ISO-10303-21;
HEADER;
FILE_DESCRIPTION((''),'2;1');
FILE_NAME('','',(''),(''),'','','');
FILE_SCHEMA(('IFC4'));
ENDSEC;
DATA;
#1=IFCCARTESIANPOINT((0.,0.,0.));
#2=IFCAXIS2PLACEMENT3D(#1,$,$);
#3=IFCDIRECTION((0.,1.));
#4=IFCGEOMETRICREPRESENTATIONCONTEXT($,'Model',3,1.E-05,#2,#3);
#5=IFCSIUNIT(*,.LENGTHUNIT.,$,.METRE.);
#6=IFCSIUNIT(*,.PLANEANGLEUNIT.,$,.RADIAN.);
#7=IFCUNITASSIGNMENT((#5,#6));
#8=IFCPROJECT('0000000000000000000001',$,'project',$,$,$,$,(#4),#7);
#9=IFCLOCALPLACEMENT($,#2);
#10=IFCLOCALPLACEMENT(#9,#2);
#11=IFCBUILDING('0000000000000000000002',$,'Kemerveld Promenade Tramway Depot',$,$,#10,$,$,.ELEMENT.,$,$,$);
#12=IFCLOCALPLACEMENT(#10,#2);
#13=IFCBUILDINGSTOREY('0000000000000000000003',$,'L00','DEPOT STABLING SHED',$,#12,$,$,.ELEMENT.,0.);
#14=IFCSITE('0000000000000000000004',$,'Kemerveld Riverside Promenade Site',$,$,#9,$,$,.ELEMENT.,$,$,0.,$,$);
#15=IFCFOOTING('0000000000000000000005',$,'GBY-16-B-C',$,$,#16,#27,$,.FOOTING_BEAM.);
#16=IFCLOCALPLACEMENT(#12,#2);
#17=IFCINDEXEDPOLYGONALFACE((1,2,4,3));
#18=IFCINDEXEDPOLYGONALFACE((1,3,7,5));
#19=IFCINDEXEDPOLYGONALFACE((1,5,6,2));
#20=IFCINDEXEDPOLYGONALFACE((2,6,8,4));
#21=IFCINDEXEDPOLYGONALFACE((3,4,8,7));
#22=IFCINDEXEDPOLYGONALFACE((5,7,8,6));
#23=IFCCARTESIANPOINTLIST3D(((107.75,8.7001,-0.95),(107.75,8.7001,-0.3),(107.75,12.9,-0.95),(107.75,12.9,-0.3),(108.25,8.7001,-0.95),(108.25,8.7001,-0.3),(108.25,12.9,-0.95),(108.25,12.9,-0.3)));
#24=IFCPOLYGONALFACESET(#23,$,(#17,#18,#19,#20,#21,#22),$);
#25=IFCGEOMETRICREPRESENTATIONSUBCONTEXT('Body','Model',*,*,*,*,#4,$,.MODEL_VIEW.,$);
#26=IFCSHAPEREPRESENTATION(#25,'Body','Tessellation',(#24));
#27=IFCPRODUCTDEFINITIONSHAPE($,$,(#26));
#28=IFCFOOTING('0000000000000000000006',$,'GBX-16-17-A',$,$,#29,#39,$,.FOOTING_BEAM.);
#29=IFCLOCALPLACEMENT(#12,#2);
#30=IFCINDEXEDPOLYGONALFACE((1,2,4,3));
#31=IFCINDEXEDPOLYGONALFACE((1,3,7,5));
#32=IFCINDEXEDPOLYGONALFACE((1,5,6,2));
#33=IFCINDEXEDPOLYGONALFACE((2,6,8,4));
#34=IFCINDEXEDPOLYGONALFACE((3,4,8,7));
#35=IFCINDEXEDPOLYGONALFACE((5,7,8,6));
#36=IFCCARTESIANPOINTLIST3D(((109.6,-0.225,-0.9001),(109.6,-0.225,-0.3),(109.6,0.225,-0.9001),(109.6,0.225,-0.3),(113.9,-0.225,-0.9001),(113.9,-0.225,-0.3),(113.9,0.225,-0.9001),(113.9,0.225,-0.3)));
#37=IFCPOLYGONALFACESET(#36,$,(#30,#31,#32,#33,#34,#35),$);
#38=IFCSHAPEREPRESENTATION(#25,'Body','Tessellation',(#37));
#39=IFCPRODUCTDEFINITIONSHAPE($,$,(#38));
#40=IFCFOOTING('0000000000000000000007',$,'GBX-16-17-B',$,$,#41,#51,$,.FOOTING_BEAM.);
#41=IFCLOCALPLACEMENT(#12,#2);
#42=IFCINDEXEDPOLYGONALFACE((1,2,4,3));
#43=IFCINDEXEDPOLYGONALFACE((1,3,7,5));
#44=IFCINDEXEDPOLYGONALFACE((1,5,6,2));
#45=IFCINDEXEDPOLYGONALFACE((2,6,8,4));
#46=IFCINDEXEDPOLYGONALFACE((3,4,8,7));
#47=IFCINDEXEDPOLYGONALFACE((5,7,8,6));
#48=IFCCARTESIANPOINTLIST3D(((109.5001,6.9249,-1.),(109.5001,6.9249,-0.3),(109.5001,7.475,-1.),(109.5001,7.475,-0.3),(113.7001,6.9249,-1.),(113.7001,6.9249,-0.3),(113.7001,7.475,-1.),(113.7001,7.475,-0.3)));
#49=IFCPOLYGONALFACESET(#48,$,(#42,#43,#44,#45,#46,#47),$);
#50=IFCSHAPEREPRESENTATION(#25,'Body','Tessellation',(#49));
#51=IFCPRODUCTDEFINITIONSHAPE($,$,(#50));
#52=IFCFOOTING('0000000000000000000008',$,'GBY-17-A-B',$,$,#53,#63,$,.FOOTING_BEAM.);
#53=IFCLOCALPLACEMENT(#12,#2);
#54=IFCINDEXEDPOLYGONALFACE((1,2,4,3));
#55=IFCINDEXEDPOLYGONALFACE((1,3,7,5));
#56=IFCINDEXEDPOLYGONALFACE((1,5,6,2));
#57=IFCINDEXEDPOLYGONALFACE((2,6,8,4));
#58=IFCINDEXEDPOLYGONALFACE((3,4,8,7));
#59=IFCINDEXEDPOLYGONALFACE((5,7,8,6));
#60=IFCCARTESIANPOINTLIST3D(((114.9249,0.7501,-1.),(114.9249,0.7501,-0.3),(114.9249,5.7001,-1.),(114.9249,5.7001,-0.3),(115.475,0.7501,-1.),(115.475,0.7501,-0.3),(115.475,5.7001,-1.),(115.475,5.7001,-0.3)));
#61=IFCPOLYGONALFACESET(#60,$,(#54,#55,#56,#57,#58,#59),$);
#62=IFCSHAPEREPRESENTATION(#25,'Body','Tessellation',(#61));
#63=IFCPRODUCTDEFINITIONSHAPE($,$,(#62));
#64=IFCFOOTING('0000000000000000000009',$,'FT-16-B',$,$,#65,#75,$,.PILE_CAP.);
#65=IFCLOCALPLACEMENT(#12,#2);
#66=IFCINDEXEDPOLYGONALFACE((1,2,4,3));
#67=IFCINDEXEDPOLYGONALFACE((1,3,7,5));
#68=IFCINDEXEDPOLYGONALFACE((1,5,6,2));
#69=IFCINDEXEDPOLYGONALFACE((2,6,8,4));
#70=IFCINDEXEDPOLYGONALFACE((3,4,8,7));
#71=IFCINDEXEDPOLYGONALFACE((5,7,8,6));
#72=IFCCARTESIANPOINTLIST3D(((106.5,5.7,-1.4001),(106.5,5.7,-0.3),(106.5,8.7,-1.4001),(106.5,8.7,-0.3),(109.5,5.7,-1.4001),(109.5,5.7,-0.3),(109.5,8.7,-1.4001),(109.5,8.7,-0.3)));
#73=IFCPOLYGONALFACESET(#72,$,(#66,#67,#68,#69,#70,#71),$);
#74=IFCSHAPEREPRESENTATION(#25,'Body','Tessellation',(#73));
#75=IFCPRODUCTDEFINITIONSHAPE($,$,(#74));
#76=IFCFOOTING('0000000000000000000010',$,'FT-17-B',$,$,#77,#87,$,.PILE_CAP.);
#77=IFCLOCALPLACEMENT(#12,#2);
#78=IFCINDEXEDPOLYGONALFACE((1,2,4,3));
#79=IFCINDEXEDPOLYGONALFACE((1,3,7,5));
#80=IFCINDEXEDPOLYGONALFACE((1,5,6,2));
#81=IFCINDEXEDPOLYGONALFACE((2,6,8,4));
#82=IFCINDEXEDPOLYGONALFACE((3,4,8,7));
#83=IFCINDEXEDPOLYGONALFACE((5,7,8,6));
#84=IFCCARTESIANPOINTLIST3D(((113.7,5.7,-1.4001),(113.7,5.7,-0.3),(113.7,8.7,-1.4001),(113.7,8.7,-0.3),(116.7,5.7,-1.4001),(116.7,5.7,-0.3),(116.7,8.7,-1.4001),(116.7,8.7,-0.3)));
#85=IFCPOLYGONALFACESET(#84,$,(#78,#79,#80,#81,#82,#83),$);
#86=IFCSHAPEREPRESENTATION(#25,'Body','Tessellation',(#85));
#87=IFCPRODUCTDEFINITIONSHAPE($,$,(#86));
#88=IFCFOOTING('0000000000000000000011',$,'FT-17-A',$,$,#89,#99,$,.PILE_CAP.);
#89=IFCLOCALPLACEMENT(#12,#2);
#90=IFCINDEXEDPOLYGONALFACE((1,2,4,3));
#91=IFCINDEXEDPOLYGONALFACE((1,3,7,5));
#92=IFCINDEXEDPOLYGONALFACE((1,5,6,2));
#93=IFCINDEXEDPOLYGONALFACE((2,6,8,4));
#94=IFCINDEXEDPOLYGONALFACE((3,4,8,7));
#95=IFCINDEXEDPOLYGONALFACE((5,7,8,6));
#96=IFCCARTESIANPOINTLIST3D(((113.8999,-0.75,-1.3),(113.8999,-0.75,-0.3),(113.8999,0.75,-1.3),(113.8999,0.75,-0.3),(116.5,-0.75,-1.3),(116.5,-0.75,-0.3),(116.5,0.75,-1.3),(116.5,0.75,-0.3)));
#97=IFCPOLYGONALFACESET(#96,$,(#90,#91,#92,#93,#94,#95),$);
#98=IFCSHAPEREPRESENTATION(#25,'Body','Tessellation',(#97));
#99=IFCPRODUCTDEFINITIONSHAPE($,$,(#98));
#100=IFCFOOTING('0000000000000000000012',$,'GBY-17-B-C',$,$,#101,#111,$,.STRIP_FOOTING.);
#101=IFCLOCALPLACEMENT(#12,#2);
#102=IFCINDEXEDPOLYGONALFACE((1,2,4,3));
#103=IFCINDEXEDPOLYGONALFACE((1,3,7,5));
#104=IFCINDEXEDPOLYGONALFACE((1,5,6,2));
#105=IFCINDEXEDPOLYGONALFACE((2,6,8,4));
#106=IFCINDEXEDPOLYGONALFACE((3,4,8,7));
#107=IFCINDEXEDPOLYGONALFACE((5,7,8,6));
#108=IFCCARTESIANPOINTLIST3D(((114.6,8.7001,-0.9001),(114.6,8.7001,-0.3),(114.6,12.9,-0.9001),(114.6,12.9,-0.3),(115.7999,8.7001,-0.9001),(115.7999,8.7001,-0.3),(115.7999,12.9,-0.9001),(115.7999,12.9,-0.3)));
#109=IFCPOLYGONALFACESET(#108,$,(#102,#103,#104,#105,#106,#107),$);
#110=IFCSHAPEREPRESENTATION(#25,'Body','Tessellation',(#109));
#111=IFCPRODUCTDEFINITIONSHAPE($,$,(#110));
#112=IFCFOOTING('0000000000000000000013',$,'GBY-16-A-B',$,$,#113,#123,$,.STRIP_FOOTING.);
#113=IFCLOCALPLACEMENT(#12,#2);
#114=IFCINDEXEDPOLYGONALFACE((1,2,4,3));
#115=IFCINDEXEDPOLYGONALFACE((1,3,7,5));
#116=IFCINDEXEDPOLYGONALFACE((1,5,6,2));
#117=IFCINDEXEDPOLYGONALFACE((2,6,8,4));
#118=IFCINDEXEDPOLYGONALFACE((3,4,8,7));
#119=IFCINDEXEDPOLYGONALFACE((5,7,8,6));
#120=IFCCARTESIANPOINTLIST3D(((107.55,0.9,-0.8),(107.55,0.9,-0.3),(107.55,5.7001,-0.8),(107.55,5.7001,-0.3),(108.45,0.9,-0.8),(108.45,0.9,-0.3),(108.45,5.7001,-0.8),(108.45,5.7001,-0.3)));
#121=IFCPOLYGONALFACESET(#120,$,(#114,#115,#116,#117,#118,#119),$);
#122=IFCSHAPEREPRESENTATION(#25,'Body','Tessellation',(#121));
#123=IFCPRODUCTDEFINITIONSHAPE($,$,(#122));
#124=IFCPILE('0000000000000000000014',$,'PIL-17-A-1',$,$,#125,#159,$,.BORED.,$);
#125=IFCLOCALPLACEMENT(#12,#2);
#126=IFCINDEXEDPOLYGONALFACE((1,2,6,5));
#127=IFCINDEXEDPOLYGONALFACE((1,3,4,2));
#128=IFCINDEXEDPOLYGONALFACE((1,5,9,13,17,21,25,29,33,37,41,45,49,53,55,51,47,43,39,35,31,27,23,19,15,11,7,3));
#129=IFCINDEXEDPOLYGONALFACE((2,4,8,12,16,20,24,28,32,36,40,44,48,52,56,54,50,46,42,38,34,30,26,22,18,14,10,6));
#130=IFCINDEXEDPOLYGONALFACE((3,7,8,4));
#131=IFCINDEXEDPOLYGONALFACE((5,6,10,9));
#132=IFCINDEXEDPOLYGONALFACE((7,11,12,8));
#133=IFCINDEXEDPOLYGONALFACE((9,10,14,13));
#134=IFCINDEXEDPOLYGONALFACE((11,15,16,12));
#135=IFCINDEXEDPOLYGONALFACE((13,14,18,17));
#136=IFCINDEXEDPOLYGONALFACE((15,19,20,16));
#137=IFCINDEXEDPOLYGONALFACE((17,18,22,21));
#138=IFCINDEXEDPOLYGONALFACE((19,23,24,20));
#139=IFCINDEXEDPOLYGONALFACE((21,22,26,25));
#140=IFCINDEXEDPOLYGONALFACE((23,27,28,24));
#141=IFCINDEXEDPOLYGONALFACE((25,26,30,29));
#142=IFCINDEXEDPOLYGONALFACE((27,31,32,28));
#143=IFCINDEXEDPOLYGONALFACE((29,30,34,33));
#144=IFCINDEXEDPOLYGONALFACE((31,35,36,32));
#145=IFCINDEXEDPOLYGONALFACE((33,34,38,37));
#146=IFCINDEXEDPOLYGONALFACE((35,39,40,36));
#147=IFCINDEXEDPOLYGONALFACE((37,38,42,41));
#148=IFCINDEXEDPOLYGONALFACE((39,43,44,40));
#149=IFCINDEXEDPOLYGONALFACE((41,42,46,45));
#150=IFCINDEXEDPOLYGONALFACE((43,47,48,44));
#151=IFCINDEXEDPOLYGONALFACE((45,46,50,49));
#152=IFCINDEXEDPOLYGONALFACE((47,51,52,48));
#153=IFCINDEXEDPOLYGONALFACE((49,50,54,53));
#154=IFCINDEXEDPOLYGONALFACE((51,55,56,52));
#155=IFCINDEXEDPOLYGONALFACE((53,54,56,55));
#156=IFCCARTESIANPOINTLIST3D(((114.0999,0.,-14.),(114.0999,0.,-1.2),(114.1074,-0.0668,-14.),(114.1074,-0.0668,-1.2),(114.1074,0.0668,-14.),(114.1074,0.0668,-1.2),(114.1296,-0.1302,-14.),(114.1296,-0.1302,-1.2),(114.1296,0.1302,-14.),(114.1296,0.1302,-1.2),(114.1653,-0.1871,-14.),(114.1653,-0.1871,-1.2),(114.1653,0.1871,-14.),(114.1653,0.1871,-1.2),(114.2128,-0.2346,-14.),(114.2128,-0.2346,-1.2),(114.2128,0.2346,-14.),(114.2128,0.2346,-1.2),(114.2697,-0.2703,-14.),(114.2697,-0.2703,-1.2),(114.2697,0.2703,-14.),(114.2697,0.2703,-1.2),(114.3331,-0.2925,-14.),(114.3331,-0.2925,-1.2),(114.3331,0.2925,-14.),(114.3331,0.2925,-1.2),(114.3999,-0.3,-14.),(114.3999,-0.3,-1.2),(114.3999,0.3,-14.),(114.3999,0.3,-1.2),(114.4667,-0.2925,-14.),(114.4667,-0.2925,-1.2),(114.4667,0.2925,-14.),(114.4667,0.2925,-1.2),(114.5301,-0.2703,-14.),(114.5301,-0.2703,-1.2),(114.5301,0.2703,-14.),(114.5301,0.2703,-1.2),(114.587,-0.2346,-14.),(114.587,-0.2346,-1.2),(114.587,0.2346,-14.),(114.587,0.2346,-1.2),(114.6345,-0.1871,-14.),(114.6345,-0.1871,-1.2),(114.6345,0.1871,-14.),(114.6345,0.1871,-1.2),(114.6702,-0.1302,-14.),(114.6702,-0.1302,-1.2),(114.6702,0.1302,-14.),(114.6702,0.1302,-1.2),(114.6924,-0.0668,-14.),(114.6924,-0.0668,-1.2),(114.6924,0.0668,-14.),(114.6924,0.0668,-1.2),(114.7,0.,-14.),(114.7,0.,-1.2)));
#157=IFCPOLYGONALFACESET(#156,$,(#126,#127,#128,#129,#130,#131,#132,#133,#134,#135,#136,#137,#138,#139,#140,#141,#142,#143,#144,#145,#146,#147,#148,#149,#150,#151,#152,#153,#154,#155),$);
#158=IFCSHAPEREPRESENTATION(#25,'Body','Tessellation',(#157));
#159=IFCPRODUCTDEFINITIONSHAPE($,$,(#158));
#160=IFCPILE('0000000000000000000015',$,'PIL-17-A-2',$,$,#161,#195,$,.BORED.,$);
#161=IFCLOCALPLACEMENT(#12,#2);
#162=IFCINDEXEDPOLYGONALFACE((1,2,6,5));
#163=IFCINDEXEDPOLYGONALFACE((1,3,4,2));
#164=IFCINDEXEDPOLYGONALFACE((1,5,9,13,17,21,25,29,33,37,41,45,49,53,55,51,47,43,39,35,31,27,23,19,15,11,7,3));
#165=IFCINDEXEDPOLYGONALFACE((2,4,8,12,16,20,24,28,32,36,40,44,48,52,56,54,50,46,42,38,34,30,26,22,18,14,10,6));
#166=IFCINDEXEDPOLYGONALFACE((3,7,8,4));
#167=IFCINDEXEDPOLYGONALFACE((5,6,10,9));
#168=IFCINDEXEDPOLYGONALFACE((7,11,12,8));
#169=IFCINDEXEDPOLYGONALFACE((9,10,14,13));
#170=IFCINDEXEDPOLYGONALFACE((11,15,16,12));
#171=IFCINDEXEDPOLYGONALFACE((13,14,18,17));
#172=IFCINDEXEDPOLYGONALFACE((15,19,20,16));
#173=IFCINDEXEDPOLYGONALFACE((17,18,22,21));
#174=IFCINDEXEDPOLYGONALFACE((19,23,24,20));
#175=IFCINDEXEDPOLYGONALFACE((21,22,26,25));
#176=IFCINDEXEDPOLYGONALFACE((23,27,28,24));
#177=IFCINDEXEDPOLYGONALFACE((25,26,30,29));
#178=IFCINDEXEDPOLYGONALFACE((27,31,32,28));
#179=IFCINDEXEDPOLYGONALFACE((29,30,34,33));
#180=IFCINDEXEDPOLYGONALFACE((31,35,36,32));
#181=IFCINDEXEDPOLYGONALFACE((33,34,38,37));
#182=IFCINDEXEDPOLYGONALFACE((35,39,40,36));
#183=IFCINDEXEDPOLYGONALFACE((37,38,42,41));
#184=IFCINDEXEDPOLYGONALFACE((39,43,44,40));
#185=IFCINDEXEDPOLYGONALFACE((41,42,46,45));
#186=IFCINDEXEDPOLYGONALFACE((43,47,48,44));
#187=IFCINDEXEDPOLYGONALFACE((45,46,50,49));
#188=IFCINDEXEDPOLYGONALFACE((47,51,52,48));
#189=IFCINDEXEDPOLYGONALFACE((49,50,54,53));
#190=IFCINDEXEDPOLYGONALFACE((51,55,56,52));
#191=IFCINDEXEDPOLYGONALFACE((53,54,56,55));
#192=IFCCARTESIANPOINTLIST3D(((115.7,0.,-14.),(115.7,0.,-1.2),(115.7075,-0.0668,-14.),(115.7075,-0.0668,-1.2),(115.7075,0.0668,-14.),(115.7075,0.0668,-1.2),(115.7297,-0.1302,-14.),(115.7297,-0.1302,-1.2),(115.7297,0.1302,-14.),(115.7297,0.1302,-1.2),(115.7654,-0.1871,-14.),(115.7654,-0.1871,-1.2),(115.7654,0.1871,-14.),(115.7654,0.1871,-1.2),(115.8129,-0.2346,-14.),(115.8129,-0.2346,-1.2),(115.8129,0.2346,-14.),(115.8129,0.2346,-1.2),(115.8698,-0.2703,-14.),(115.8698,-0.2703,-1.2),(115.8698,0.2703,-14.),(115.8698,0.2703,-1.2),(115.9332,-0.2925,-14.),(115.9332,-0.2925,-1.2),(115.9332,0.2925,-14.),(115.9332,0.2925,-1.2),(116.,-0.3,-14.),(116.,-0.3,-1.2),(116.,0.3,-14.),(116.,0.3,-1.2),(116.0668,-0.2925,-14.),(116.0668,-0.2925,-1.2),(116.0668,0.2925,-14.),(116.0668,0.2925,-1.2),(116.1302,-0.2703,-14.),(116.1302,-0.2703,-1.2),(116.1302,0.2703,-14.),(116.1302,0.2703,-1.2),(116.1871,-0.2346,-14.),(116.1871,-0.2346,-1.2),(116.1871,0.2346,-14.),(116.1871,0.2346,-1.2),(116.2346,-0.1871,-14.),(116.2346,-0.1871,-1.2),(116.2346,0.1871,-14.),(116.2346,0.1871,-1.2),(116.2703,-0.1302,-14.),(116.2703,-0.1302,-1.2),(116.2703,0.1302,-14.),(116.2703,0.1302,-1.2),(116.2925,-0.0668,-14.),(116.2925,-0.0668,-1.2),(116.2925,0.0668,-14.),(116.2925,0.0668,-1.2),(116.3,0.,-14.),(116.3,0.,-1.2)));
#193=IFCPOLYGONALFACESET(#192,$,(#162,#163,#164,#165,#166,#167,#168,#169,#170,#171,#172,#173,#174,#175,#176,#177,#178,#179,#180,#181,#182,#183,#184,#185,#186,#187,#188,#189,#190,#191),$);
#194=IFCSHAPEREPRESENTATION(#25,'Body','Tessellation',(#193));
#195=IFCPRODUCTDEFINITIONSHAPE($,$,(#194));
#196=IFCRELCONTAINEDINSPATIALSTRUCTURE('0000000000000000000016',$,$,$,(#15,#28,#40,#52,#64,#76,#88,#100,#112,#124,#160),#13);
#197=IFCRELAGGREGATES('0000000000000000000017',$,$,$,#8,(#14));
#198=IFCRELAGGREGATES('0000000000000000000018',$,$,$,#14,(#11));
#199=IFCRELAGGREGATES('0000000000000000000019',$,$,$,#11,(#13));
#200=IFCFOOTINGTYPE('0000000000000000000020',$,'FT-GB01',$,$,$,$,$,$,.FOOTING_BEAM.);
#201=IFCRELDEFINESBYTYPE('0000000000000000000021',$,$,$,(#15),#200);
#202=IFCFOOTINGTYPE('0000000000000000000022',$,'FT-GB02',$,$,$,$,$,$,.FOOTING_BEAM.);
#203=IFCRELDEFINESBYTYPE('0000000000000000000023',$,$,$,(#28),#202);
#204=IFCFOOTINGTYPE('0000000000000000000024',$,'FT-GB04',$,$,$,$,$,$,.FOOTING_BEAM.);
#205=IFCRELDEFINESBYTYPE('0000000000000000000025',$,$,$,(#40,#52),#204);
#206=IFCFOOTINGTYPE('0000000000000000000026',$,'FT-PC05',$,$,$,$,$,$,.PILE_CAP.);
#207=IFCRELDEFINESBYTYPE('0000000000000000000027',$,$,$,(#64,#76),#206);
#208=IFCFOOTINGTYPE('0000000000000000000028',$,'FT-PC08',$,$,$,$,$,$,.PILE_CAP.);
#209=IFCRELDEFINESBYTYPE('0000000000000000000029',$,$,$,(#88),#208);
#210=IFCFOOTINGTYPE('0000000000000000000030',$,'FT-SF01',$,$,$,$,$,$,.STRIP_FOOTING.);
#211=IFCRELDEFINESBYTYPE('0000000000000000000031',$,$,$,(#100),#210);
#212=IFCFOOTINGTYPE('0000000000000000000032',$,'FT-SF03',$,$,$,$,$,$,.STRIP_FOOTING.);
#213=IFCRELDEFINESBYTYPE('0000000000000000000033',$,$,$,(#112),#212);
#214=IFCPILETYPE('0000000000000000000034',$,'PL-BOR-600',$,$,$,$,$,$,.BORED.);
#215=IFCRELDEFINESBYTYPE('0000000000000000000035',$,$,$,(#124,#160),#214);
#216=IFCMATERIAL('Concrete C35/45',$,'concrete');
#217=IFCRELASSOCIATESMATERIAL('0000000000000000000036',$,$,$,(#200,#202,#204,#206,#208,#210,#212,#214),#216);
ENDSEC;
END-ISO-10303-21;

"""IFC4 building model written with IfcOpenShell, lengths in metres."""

from ifc_helpers import new_model, si_unit, direction, frame, origin, origin_2d, place, context, subcontext, project, spatial, rectangle, circle, extrude, material, material_profile, profile_set, type_object, element, save


model = new_model("IFC4")

# Units and contexts
model_context = context("Model", 3, precision=1e-05, world=origin(), true_north=direction((0.0, 1.0)))
body_context = subcontext(model_context, "Body", "Model", "MODEL_VIEW")
ifc_project = project(units=[si_unit("LENGTHUNIT", "METRE"), si_unit("PLANEANGLEUNIT", "RADIAN")], contexts=[model_context])

# Site, building, storey
site_placement = place(None, origin())
site = spatial("IfcSite", under=ifc_project, at=site_placement, Name="Kemerveld Riverside Promenade Site", CompositionType="ELEMENT", RefElevation=0.0)
building_placement = place(site_placement, origin())
building = spatial("IfcBuilding", under=site, at=building_placement, Name="Kemerveld Promenade Tramway Depot", CompositionType="ELEMENT")
storey_placement = place(building_placement, origin())
storey = spatial("IfcBuildingStorey", under=building, at=storey_placement, Name="L00", Description="DEPOT STABLING SHED", CompositionType="ELEMENT", Elevation=0.0)

# Footings
ifc_material_1 = material(Name="Concrete C35/45", Category="concrete")
footing_type_1 = type_object("IfcFootingType", Name="FT-GB01", PredefinedType="FOOTING_BEAM", material=ifc_material_1)
footing_1_placement = place(storey_placement, frame((108.0, 10.8, -0.95), z_axis=(0.0, 0.0, 1.0), x_axis=(0.0, 1.0, 0.0)))
element("IfcFooting", 1, at=footing_1_placement, inside=storey, type_object=footing_type_1, Name="GBY-16-B-C", PredefinedType="FOOTING_BEAM", context=body_context, shape_type="SweptSolid", body=[
    extrude(rectangle(XDim=4.2, YDim=0.5, at=origin_2d()), origin(), (0.0, 0.0, 1.0), 0.6499),
])
footing_type_2 = type_object("IfcFootingType", Name="FT-GB02", PredefinedType="FOOTING_BEAM", material=ifc_material_1)
footing_2_placement = place(storey_placement, frame((111.75, 0.0, -0.9001), z_axis=(0.0, 0.0, 1.0), x_axis=(1.0, 0.0, 0.0)))
element("IfcFooting", 2, at=footing_2_placement, inside=storey, type_object=footing_type_2, Name="GBX-16-17-A", PredefinedType="FOOTING_BEAM", context=body_context, shape_type="SweptSolid", body=[
    extrude(rectangle(XDim=4.3, YDim=0.45, at=origin_2d()), origin(), (0.0, 0.0, 1.0), 0.6001),
])
footing_type_3 = type_object("IfcFootingType", Name="FT-GB04", PredefinedType="FOOTING_BEAM", material=ifc_material_1)
footing_3_placement = place(storey_placement, frame((111.6001, 7.2, -1.0), z_axis=(0.0, 0.0, 1.0), x_axis=(1.0, 0.0, 0.0)))
element("IfcFooting", 3, at=footing_3_placement, inside=storey, type_object=footing_type_3, Name="GBX-16-17-B", PredefinedType="FOOTING_BEAM", context=body_context, shape_type="SweptSolid", body=[
    extrude(rectangle(XDim=4.2, YDim=0.55, at=origin_2d()), origin(), (0.0, 0.0, 1.0), 0.7),
])
footing_4_placement = place(storey_placement, frame((115.2, 3.2251, -1.0), z_axis=(0.0, 0.0, 1.0), x_axis=(0.0, 1.0, 0.0)))
element("IfcFooting", 4, at=footing_4_placement, inside=storey, type_object=footing_type_3, Name="GBY-17-A-B", PredefinedType="FOOTING_BEAM", context=body_context, shape_type="SweptSolid", body=[
    extrude(rectangle(XDim=4.95, YDim=0.55, at=origin_2d()), origin(), (0.0, 0.0, 1.0), 0.7),
])
footing_type_4 = type_object("IfcFootingType", Name="FT-PC05", PredefinedType="PILE_CAP", material=ifc_material_1)
for number, where, z_axis, x_axis, name in (
    (5, (108.0, 7.2, -1.4001), (0.0, 0.0, 1.0), (1.0, 0.0, 0.0), "FT-16-B"),
    (6, (115.2, 7.2, -1.4001), (0.0, 0.0, 1.0), (1.0, 0.0, 0.0), "FT-17-B"),
):
    element("IfcFooting", number, at=place(storey_placement, frame(where, z_axis=z_axis, x_axis=x_axis)), inside=storey, type_object=footing_type_4, Name=name, PredefinedType="PILE_CAP", context=body_context, shape_type="SweptSolid", body=[
        extrude(rectangle(XDim=3.0, YDim=3.0, at=origin_2d()), origin(), (0.0, 0.0, 1.0), 1.1001),
    ])
footing_type_5 = type_object("IfcFootingType", Name="FT-PC08", PredefinedType="PILE_CAP", material=ifc_material_1)
footing_5_placement = place(storey_placement, frame((115.2, 0.0, -1.3), z_axis=(0.0, 0.0, 1.0), x_axis=(1.0, 0.0, 0.0)))
element("IfcFooting", 7, at=footing_5_placement, inside=storey, type_object=footing_type_5, Name="FT-17-A", PredefinedType="PILE_CAP", context=body_context, shape_type="SweptSolid", body=[
    extrude(rectangle(XDim=2.6001, YDim=1.5, at=origin_2d()), origin(), (0.0, 0.0, 1.0), 1.0),
])
footing_type_6 = type_object("IfcFootingType", Name="FT-SF01", PredefinedType="STRIP_FOOTING", material=ifc_material_1)
footing_6_placement = place(storey_placement, frame((115.2, 10.8, -0.9001), z_axis=(0.0, 0.0, 1.0), x_axis=(0.0, 1.0, 0.0)))
element("IfcFooting", 8, at=footing_6_placement, inside=storey, type_object=footing_type_6, Name="GBY-17-B-C", PredefinedType="STRIP_FOOTING", context=body_context, shape_type="SweptSolid", body=[
    extrude(rectangle(XDim=4.2, YDim=1.2, at=origin_2d()), origin(), (0.0, 0.0, 1.0), 0.6001),
])
footing_type_7 = type_object("IfcFootingType", Name="FT-SF03", PredefinedType="STRIP_FOOTING", material=ifc_material_1)
footing_7_placement = place(storey_placement, frame((108.0, 3.3, -0.8), z_axis=(0.0, 0.0, 1.0), x_axis=(0.0, 1.0, 0.0)))
element("IfcFooting", 9, at=footing_7_placement, inside=storey, type_object=footing_type_7, Name="GBY-16-A-B", PredefinedType="STRIP_FOOTING", context=body_context, shape_type="SweptSolid", body=[
    extrude(rectangle(XDim=4.8, YDim=0.8999, at=origin_2d()), origin(), (0.0, 0.0, 1.0), 0.5),
])

# Piles
ifc_material_profile_1 = material_profile(ifc_material_1, circle(Radius=0.3, at=origin_2d()), Name="PILE-D600")
ifc_profile_set_1 = profile_set([ifc_material_profile_1], Name="Concrete C35/45")
pile_type_1 = type_object("IfcPileType", Name="PL-BOR-600", PredefinedType="BORED", material=ifc_profile_set_1)
for number, where, z_axis, x_axis, name in (
    (10, (114.3999, 0.0, -1.2), (0.0, 0.0, -1.0), (1.0, 0.0, 0.0), "PIL-17-A-1"),
    (11, (116.0, 0.0, -1.2), (0.0, 0.0, -1.0), (1.0, 0.0, 0.0), "PIL-17-A-2"),
):
    element("IfcPile", number, at=place(storey_placement, frame(where, z_axis=z_axis, x_axis=x_axis)), inside=storey, type_object=pile_type_1, Name=name, PredefinedType="BORED", context=body_context, shape_type="SweptSolid", body=[
        extrude(circle(Radius=0.3, at=origin_2d()), origin(), (0.0, 0.0, 1.0), 12.8),
    ])

save(model, "model.ifc")
